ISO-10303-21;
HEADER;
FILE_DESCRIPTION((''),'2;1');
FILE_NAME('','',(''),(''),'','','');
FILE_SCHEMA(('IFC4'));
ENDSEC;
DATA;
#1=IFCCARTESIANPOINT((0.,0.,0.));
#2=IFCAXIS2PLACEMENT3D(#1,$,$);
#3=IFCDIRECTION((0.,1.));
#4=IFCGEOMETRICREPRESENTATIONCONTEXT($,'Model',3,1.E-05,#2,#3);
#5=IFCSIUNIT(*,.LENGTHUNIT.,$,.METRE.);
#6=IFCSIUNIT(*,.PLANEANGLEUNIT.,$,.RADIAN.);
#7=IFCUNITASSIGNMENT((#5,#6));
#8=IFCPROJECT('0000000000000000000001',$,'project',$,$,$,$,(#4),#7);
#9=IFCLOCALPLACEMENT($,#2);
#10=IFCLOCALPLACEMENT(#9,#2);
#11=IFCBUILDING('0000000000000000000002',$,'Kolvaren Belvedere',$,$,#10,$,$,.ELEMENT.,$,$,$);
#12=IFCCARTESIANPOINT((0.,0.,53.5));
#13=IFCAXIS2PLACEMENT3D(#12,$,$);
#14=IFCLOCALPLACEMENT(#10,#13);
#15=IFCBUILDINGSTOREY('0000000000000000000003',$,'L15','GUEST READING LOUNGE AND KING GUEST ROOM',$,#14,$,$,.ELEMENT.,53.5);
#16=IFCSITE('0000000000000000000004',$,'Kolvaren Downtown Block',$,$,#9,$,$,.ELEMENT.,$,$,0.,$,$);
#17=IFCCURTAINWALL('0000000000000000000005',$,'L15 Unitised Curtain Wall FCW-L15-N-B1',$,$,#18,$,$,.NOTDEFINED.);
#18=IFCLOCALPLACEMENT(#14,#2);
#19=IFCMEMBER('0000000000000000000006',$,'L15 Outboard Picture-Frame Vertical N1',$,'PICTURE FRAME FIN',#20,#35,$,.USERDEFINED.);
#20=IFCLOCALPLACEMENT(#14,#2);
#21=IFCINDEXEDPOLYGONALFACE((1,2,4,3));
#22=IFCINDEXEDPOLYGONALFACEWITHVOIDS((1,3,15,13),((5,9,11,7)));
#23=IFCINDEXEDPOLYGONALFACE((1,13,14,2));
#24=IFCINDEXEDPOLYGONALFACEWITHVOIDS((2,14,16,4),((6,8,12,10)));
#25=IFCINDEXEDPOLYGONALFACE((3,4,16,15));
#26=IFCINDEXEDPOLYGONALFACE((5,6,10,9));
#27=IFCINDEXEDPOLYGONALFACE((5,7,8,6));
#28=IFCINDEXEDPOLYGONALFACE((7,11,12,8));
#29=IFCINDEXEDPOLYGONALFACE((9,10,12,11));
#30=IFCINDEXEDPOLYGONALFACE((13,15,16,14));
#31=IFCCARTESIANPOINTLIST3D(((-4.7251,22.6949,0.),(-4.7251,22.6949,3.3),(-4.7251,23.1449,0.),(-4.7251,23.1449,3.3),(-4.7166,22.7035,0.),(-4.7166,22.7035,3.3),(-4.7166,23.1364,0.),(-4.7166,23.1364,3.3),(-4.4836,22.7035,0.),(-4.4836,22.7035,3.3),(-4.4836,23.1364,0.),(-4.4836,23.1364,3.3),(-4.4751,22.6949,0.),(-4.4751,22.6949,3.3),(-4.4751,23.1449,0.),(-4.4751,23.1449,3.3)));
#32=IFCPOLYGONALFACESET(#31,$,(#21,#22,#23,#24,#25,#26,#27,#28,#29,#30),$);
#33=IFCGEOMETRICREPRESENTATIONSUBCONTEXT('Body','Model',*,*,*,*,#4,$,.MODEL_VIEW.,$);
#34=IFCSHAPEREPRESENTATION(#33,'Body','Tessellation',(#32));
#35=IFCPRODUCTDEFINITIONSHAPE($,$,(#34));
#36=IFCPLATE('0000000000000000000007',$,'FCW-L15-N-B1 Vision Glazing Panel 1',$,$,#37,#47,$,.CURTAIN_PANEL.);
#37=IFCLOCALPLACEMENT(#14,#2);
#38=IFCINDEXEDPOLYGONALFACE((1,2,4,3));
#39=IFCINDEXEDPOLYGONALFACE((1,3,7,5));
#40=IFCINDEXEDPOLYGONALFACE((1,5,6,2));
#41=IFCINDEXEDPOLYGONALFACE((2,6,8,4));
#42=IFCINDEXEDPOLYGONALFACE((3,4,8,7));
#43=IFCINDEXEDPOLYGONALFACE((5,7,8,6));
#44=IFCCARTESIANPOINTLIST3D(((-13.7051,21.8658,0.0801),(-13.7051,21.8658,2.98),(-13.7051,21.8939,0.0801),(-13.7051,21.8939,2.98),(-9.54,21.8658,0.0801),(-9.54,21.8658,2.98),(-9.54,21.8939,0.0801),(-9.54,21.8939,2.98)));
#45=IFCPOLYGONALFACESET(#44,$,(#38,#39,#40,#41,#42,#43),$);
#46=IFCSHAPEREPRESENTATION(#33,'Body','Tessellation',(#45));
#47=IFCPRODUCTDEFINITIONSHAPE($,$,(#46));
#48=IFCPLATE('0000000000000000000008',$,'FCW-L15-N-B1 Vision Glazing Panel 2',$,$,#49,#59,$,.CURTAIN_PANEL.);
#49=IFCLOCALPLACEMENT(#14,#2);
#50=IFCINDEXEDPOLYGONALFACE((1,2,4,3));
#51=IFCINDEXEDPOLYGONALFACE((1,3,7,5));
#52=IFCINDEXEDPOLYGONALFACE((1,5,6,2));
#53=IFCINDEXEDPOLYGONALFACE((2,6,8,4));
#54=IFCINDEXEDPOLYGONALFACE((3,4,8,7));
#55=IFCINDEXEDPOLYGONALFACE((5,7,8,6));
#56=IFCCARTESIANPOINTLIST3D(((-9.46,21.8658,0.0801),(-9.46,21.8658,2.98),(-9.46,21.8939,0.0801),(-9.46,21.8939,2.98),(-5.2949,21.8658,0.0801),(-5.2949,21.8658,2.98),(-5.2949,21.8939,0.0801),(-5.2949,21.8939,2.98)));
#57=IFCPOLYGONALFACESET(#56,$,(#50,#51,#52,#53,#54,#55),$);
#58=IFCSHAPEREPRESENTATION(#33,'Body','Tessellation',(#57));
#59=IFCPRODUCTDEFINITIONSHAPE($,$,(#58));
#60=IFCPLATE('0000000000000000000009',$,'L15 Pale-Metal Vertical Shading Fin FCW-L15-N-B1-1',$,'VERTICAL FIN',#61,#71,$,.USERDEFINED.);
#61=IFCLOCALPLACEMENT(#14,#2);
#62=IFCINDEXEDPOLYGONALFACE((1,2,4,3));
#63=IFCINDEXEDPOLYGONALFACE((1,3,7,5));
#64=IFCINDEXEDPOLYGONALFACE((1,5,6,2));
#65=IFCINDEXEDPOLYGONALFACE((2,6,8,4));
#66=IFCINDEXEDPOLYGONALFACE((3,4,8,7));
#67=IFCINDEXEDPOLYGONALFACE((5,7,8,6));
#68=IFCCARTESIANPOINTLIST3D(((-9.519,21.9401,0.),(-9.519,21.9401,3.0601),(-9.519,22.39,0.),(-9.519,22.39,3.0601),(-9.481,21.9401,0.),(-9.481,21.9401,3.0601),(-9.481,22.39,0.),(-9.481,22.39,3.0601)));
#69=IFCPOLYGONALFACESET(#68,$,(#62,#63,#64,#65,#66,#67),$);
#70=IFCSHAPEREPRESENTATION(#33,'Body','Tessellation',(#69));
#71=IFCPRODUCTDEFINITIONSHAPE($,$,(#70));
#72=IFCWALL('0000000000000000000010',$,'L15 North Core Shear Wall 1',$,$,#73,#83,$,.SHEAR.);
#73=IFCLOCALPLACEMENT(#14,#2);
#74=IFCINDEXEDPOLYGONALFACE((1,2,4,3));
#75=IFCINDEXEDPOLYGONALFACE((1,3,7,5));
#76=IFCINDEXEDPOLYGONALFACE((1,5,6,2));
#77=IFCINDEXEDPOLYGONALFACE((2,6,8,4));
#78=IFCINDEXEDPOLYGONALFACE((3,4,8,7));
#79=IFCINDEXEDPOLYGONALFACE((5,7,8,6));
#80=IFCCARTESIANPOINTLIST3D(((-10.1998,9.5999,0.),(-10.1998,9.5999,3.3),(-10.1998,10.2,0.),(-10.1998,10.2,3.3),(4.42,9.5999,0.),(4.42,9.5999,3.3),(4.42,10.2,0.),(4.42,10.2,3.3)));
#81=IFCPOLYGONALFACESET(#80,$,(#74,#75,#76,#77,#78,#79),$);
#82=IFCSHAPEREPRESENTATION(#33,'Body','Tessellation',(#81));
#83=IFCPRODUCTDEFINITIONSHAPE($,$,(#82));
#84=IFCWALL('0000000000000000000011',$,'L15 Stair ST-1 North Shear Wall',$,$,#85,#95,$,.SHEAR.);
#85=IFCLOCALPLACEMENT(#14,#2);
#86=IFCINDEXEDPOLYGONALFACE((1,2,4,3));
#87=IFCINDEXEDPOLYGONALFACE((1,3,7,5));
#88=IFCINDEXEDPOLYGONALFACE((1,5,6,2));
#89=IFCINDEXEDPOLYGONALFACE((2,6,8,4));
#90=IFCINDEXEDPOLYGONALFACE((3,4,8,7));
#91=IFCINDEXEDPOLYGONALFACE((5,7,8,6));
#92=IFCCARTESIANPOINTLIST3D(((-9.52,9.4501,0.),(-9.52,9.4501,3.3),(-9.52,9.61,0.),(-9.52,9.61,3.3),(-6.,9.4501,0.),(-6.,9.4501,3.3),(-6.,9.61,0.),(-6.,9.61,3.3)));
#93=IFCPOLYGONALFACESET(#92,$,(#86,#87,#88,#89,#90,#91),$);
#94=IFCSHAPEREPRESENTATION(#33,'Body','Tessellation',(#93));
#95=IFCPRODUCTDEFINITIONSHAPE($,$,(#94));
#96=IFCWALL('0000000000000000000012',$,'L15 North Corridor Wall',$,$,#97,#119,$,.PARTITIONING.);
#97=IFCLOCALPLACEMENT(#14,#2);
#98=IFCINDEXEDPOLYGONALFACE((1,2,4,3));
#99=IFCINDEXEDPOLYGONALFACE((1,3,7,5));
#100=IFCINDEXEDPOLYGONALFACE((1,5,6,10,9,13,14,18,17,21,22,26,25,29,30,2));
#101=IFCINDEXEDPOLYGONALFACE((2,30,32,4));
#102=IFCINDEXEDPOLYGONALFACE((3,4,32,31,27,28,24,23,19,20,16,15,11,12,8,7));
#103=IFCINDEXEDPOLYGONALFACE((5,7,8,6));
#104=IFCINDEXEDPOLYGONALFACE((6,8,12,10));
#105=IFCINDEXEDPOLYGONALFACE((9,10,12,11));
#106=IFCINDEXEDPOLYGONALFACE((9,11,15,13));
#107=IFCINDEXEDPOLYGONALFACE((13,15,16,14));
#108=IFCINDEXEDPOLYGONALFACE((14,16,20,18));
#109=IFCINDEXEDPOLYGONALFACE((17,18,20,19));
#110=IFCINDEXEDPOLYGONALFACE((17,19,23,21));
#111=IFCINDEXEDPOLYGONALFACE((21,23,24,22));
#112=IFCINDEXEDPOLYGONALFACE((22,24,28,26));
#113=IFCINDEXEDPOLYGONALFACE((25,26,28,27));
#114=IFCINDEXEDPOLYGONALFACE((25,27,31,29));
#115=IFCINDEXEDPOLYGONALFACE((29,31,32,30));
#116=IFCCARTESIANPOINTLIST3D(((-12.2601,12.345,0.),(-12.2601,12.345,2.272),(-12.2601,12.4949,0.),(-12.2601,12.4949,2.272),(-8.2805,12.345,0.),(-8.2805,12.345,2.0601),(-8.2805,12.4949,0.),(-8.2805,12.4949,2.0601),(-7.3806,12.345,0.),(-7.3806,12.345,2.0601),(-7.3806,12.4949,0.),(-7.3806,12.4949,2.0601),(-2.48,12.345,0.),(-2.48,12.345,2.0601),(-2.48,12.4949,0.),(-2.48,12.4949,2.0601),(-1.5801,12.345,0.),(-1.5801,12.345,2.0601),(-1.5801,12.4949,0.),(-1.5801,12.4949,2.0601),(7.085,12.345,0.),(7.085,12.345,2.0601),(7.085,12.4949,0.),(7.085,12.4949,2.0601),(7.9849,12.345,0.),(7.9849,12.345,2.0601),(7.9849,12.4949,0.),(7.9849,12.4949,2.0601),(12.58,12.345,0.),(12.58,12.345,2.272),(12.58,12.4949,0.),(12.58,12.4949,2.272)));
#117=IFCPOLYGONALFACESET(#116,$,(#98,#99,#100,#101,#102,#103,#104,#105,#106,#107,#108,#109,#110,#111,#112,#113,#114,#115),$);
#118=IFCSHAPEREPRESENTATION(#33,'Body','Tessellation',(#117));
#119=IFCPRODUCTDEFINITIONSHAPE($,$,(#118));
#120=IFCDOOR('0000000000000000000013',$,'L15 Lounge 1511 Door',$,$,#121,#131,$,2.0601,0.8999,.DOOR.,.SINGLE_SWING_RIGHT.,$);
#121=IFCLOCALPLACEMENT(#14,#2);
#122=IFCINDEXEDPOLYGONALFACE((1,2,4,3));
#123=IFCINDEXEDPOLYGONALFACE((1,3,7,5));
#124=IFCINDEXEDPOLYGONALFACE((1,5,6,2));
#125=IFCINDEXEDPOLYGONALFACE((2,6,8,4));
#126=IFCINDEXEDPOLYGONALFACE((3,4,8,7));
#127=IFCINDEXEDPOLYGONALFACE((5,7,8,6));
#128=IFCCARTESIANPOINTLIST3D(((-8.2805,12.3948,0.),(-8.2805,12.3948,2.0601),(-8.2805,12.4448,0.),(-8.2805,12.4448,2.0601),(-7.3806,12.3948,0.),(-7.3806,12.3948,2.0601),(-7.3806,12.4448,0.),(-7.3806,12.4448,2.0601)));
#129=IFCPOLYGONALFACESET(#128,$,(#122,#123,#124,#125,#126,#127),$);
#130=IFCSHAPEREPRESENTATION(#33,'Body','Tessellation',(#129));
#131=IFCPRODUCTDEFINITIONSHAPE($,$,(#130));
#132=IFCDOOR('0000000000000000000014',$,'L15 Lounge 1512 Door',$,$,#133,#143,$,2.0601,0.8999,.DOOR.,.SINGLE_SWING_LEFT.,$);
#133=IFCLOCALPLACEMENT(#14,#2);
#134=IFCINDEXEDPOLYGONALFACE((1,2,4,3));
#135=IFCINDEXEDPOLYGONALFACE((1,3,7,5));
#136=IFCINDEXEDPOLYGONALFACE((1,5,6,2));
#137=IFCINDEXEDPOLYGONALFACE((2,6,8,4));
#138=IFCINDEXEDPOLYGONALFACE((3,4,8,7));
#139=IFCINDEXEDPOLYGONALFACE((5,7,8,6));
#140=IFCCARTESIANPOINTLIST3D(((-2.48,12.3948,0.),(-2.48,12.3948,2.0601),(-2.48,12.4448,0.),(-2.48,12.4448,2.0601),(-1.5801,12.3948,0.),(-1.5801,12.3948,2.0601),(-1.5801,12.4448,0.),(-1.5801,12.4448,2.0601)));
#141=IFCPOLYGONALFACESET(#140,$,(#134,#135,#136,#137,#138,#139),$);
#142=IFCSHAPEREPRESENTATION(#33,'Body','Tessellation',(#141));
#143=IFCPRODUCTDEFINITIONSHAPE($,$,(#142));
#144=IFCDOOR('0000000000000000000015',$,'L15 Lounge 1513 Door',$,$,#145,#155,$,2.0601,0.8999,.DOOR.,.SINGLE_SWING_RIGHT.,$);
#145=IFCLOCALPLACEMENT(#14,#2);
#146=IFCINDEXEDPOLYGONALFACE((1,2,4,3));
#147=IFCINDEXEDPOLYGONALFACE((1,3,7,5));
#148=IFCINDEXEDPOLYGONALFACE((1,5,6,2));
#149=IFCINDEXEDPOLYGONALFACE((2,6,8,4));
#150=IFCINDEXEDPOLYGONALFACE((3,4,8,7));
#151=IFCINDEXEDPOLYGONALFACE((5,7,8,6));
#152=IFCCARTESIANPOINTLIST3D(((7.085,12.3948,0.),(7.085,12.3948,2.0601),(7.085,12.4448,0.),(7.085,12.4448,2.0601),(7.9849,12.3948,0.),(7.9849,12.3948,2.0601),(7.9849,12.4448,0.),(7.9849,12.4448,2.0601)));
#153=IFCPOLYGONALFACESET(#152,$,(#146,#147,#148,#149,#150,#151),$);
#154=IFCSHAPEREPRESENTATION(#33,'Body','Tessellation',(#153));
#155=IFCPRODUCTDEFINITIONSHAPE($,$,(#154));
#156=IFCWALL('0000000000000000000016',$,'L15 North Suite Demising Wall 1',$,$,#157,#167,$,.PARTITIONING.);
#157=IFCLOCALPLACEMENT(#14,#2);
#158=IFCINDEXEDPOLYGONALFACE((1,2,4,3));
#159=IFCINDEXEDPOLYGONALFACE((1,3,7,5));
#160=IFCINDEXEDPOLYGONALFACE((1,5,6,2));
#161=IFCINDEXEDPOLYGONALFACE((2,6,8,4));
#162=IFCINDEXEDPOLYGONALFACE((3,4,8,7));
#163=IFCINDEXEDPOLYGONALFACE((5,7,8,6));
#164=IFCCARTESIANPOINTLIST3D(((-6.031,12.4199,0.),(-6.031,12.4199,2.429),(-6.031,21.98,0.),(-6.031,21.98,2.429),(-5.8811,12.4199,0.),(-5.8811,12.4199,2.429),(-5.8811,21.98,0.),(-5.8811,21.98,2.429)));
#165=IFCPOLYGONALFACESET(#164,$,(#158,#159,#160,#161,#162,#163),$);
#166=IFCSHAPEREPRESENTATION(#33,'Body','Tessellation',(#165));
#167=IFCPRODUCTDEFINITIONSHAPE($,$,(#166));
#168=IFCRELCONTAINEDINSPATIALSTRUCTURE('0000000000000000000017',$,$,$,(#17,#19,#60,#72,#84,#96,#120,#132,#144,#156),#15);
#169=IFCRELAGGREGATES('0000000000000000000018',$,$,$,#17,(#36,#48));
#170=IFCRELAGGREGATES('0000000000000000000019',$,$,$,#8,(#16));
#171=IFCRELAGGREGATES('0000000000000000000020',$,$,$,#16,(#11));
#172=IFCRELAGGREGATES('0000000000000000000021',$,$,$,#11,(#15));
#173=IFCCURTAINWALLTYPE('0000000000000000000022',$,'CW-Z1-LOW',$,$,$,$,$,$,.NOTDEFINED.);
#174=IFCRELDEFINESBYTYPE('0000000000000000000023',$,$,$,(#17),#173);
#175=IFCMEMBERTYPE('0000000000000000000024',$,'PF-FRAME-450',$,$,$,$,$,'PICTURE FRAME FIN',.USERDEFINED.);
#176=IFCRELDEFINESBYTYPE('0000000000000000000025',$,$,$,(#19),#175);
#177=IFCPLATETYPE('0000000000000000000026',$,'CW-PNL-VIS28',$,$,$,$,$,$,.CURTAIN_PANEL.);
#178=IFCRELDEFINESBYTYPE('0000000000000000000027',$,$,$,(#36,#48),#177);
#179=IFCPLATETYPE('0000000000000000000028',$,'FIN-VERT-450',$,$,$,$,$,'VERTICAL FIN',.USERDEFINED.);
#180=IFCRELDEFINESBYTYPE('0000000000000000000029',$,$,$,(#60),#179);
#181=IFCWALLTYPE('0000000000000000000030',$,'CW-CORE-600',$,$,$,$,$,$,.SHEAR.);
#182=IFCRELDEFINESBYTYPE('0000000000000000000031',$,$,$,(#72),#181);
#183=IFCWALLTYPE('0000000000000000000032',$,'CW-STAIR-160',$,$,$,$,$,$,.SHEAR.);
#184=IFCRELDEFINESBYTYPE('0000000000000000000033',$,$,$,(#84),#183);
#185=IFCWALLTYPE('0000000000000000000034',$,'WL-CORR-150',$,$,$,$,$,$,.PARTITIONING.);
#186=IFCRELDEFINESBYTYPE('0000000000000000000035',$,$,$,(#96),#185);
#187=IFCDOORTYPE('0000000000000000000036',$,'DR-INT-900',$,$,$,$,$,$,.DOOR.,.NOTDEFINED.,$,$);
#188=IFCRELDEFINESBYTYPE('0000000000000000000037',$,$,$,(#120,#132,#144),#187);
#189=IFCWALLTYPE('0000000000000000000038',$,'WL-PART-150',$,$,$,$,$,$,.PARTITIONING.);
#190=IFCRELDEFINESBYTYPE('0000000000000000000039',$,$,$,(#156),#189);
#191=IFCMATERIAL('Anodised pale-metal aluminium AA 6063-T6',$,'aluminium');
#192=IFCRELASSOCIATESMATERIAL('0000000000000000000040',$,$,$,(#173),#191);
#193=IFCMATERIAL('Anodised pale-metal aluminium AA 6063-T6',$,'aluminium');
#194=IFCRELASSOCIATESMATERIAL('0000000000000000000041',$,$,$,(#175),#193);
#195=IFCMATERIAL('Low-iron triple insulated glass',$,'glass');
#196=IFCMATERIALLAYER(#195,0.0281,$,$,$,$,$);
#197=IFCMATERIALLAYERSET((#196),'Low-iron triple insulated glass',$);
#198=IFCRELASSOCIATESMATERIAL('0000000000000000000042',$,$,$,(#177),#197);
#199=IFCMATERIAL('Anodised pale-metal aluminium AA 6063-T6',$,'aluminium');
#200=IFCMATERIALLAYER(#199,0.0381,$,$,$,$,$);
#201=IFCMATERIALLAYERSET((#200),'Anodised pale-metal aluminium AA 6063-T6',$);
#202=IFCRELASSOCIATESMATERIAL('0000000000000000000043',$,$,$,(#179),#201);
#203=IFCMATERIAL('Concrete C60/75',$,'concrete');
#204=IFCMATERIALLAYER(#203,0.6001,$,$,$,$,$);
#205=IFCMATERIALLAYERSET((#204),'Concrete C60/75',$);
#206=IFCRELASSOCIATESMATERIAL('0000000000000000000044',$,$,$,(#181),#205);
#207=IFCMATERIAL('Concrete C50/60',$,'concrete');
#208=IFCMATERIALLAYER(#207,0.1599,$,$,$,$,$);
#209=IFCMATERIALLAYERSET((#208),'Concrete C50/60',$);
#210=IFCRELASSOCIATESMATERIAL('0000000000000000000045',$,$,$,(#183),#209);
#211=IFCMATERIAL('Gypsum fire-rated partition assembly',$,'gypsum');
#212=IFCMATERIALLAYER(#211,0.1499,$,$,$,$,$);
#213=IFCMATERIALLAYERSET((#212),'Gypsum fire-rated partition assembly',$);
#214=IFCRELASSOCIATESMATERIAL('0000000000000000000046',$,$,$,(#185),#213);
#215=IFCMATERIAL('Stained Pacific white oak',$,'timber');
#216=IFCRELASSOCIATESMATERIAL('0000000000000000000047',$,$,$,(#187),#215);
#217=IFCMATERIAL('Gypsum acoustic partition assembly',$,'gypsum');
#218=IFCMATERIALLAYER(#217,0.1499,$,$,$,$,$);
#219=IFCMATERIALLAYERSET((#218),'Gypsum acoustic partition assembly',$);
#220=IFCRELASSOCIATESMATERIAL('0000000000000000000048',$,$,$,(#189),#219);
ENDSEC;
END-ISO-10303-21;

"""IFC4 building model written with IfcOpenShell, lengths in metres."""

from ifc_helpers import new_model, si_unit, direction, frame, frame_2d, origin, origin_2d, place, context, subcontext, project, spatial, rectangle, hollow_rectangle, extrude, material, layer, layer_set, material_profile, profile_set, type_object, element, fill, aggregate, save


model = new_model("IFC4")

# Units and contexts
model_context = context("Model", 3, precision=1e-05, world=origin(), true_north=direction((0.0, 1.0)))
body_context = subcontext(model_context, "Body", "Model", "MODEL_VIEW")
ifc_project = project(units=[si_unit("LENGTHUNIT", "METRE"), si_unit("PLANEANGLEUNIT", "RADIAN")], contexts=[model_context])

# Site, building, storey
site_placement = place(None, origin())
site = spatial("IfcSite", under=ifc_project, at=site_placement, Name="Kolvaren Downtown Block", CompositionType="ELEMENT", RefElevation=0.0)
building_placement = place(site_placement, origin())
building = spatial("IfcBuilding", under=site, at=building_placement, Name="Kolvaren Belvedere", CompositionType="ELEMENT")
storey_placement = place(building_placement, frame((0.0, 0.0, 53.5)))
storey = spatial("IfcBuildingStorey", under=building, at=storey_placement, Name="L15", Description="GUEST READING LOUNGE AND KING GUEST ROOM", CompositionType="ELEMENT", Elevation=53.5)

# Curtain wall
ifc_material_1 = material(Name="Anodised pale-metal aluminium AA 6063-T6", Category="aluminium")
curtain_wall_type = type_object("IfcCurtainWallType", Name="CW-Z1-LOW", PredefinedType="NOTDEFINED", material=ifc_material_1)
curtain_wall_1_placement = place(storey_placement, origin())
curtain_wall_1 = element("IfcCurtainWall", 1, at=curtain_wall_1_placement, inside=storey, type_object=curtain_wall_type, Name="L15 Unitised Curtain Wall FCW-L15-N-B1", PredefinedType="NOTDEFINED")

# Member
ifc_material_2 = material(Name="Anodised pale-metal aluminium AA 6063-T6", Category="aluminium")
ifc_material_profile_1 = material_profile(ifc_material_2, hollow_rectangle(XDim=0.25, YDim=0.45, WallThickness=0.0085, at=origin_2d()), Name="ALU-PF-450X250")
ifc_profile_set_1 = profile_set([ifc_material_profile_1], Name="Anodised pale-metal aluminium AA 6063-T6")
member_type_1 = type_object("IfcMemberType", Name="PF-FRAME-450", ElementType="PICTURE FRAME FIN", PredefinedType="USERDEFINED", material=ifc_profile_set_1)
member_1_placement = place(storey_placement, frame((-4.6001, 22.9199, 0.0), z_axis=(0.0, 0.0, 1.0), x_axis=(1.0, 0.0, 0.0)))
element("IfcMember", 2, at=member_1_placement, inside=storey, type_object=member_type_1, Name="L15 Outboard Picture-Frame Vertical N1", ObjectType="PICTURE FRAME FIN", PredefinedType="USERDEFINED", context=body_context, shape_type="SweptSolid", body=[
    extrude(hollow_rectangle(XDim=0.25, YDim=0.45, WallThickness=0.0085, at=origin_2d()), origin(), (0.0, 0.0, 1.0), 3.3),
])

# Plates
ifc_material_3 = material(Name="Low-iron triple insulated glass", Category="glass")
ifc_layer_1 = layer(ifc_material_3, 0.0281)
ifc_layer_set_1 = layer_set([ifc_layer_1], Name="Low-iron triple insulated glass")
plate_type_1 = type_object("IfcPlateType", Name="CW-PNL-VIS28", PredefinedType="CURTAIN_PANEL", material=ifc_layer_set_1)
plate_1_placement = place(storey_placement, frame((-11.6226, 21.8799, 0.0801), z_axis=(0.0, 0.0, 1.0), x_axis=(1.0, 0.0, 0.0)))
plate_1 = element("IfcPlate", 3, at=plate_1_placement, type_object=plate_type_1, Name="FCW-L15-N-B1 Vision Glazing Panel 1", PredefinedType="CURTAIN_PANEL", context=body_context, shape_type="SweptSolid", body=[
    extrude(rectangle(XDim=4.165, YDim=0.0281, at=origin_2d()), origin(), (0.0, 0.0, 1.0), 2.8999),
])
plate_2_placement = place(storey_placement, frame((-7.3774, 21.8799, 0.0801), z_axis=(0.0, 0.0, 1.0), x_axis=(1.0, 0.0, 0.0)))
plate_2 = element("IfcPlate", 4, at=plate_2_placement, type_object=plate_type_1, Name="FCW-L15-N-B1 Vision Glazing Panel 2", PredefinedType="CURTAIN_PANEL", context=body_context, shape_type="SweptSolid", body=[
    extrude(rectangle(XDim=4.165, YDim=0.0281, at=origin_2d()), origin(), (0.0, 0.0, 1.0), 2.8999),
])
aggregate(curtain_wall_1, [plate_1, plate_2])
ifc_material_4 = material(Name="Anodised pale-metal aluminium AA 6063-T6", Category="aluminium")
ifc_layer_2 = layer(ifc_material_4, 0.0381)
ifc_layer_set_2 = layer_set([ifc_layer_2], Name="Anodised pale-metal aluminium AA 6063-T6")
plate_type_2 = type_object("IfcPlateType", Name="FIN-VERT-450", ElementType="VERTICAL FIN", PredefinedType="USERDEFINED", material=ifc_layer_set_2)
plate_3_placement = place(storey_placement, frame((-9.5, 22.165, 0.0), z_axis=(0.0, 0.0, 1.0), x_axis=(0.0, 1.0, 0.0)))
element("IfcPlate", 5, at=plate_3_placement, inside=storey, type_object=plate_type_2, Name="L15 Pale-Metal Vertical Shading Fin FCW-L15-N-B1-1", ObjectType="VERTICAL FIN", PredefinedType="USERDEFINED", context=body_context, shape_type="SweptSolid", body=[
    extrude(rectangle(XDim=0.45, YDim=0.0381, at=origin_2d()), origin(), (0.0, 0.0, 1.0), 3.0601),
])

# Walls
ifc_material_5 = material(Name="Concrete C60/75", Category="concrete")
ifc_layer_3 = layer(ifc_material_5, 0.6001)
ifc_layer_set_3 = layer_set([ifc_layer_3], Name="Concrete C60/75")
wall_type_1 = type_object("IfcWallType", Name="CW-CORE-600", PredefinedType="SHEAR", material=ifc_layer_set_3)
wall_1_placement = place(storey_placement, frame((-10.2, 9.8999, 0.0), z_axis=(0.0, 0.0, 1.0), x_axis=(1.0, 0.0, 0.0)))
element("IfcWall", 6, at=wall_1_placement, inside=storey, type_object=wall_type_1, Name="L15 North Core Shear Wall 1", PredefinedType="SHEAR", context=body_context, shape_type="SweptSolid", body=[
    extrude(rectangle(XDim=14.6199, YDim=0.6001, at=frame_2d((7.3101, 0.0))), origin(), (0.0, 0.0, 1.0), 3.3),
])
ifc_material_6 = material(Name="Concrete C50/60", Category="concrete")
ifc_layer_4 = layer(ifc_material_6, 0.1599)
ifc_layer_set_4 = layer_set([ifc_layer_4], Name="Concrete C50/60")
wall_type_2 = type_object("IfcWallType", Name="CW-STAIR-160", PredefinedType="SHEAR", material=ifc_layer_set_4)
wall_2_placement = place(storey_placement, frame((-9.52, 9.53, 0.0), z_axis=(0.0, 0.0, 1.0), x_axis=(1.0, 0.0, 0.0)))
element("IfcWall", 7, at=wall_2_placement, inside=storey, type_object=wall_type_2, Name="L15 Stair ST-1 North Shear Wall", PredefinedType="SHEAR", context=body_context, shape_type="SweptSolid", body=[
    extrude(rectangle(XDim=3.52, YDim=0.1599, at=frame_2d((1.76, 0.0))), origin(), (0.0, 0.0, 1.0), 3.3),
])

# Wall, openings, doors
ifc_material_7 = material(Name="Gypsum fire-rated partition assembly", Category="gypsum")
ifc_layer_5 = layer(ifc_material_7, 0.1499)
ifc_layer_set_5 = layer_set([ifc_layer_5], Name="Gypsum fire-rated partition assembly")
wall_type_3 = type_object("IfcWallType", Name="WL-CORR-150", PredefinedType="PARTITIONING", material=ifc_layer_set_5)
wall_3_placement = place(storey_placement, frame((-12.26, 12.4199, 0.0), z_axis=(0.0, 0.0, 1.0), x_axis=(1.0, 0.0, 0.0)))
wall_3 = element("IfcWall", 8, at=wall_3_placement, inside=storey, type_object=wall_type_3, Name="L15 North Corridor Wall", PredefinedType="PARTITIONING", context=body_context, shape_type="SweptSolid", body=[
    extrude(rectangle(XDim=24.8401, YDim=0.1499, at=frame_2d((12.4199, 0.0))), origin(), (0.0, 0.0, 1.0), 2.272),
])
opening_1_placement = place(wall_3_placement, frame((3.9795, 0.0, 0.0)))
opening_1 = element("IfcOpeningElement", 9, at=opening_1_placement, cuts=wall_3, PredefinedType="OPENING", context=body_context, shape_type="SweptSolid", body=[
    extrude(rectangle(XDim=0.8999, YDim=2.0601, at=frame_2d((0.45, 1.03))), frame((0.0, 0.085, 0.0), z_axis=(0.0, -1.0, 0.0), x_axis=(1.0, 0.0, 0.0)), (0.0, 0.0, 1.0), 0.1699),
])
opening_2_placement = place(wall_3_placement, frame((9.78, 0.0, 0.0)))
opening_2 = element("IfcOpeningElement", 10, at=opening_2_placement, cuts=wall_3, PredefinedType="OPENING", context=body_context, shape_type="SweptSolid", body=[
    extrude(rectangle(XDim=0.8999, YDim=2.0601, at=frame_2d((0.45, 1.03))), frame((0.0, 0.085, 0.0), z_axis=(0.0, -1.0, 0.0), x_axis=(1.0, 0.0, 0.0)), (0.0, 0.0, 1.0), 0.1699),
])
opening_3_placement = place(wall_3_placement, frame((19.345, 0.0, 0.0)))
opening_3 = element("IfcOpeningElement", 11, at=opening_3_placement, cuts=wall_3, PredefinedType="OPENING", context=body_context, shape_type="SweptSolid", body=[
    extrude(rectangle(XDim=0.8999, YDim=2.0601, at=frame_2d((0.45, 1.03))), frame((0.0, 0.085, 0.0), z_axis=(0.0, -1.0, 0.0), x_axis=(1.0, 0.0, 0.0)), (0.0, 0.0, 1.0), 0.1699),
])
ifc_material_8 = material(Name="Stained Pacific white oak", Category="timber")
door_type = type_object("IfcDoorType", Name="DR-INT-900", OperationType="NOTDEFINED", PredefinedType="DOOR", material=ifc_material_8)
door_1_placement = place(opening_1_placement, origin())
door_1 = element("IfcDoor", 12, at=door_1_placement, inside=storey, type_object=door_type, Name="L15 Lounge 1511 Door", OperationType="SINGLE_SWING_RIGHT", OverallHeight=2.0601, OverallWidth=0.8999, PredefinedType="DOOR", context=body_context, shape_type="SweptSolid", body=[
    extrude(rectangle(XDim=0.8999, YDim=2.0601, at=frame_2d((0.45, 1.03))), frame((0.0, 0.0249, 0.0), z_axis=(0.0, -1.0, 0.0), x_axis=(1.0, 0.0, 0.0)), (0.0, 0.0, 1.0), 0.05),
])
fill(opening_1, door_1)
door_2_placement = place(opening_2_placement, origin())
door_2 = element("IfcDoor", 13, at=door_2_placement, inside=storey, type_object=door_type, Name="L15 Lounge 1512 Door", OperationType="SINGLE_SWING_LEFT", OverallHeight=2.0601, OverallWidth=0.8999, PredefinedType="DOOR", context=body_context, shape_type="SweptSolid", body=[
    extrude(rectangle(XDim=0.8999, YDim=2.0601, at=frame_2d((0.45, 1.03))), frame((0.0, 0.0249, 0.0), z_axis=(0.0, -1.0, 0.0), x_axis=(1.0, 0.0, 0.0)), (0.0, 0.0, 1.0), 0.05),
])
fill(opening_2, door_2)
door_3_placement = place(opening_3_placement, origin())
door_3 = element("IfcDoor", 14, at=door_3_placement, inside=storey, type_object=door_type, Name="L15 Lounge 1513 Door", OperationType="SINGLE_SWING_RIGHT", OverallHeight=2.0601, OverallWidth=0.8999, PredefinedType="DOOR", context=body_context, shape_type="SweptSolid", body=[
    extrude(rectangle(XDim=0.8999, YDim=2.0601, at=frame_2d((0.45, 1.03))), frame((0.0, 0.0249, 0.0), z_axis=(0.0, -1.0, 0.0), x_axis=(1.0, 0.0, 0.0)), (0.0, 0.0, 1.0), 0.05),
])
fill(opening_3, door_3)

# Wall
ifc_material_9 = material(Name="Gypsum acoustic partition assembly", Category="gypsum")
ifc_layer_6 = layer(ifc_material_9, 0.1499)
ifc_layer_set_6 = layer_set([ifc_layer_6], Name="Gypsum acoustic partition assembly")
wall_type_4 = type_object("IfcWallType", Name="WL-PART-150", PredefinedType="PARTITIONING", material=ifc_layer_set_6)
wall_4_placement = place(storey_placement, frame((-5.9561, 12.4199, 0.0), z_axis=(0.0, 0.0, 1.0), x_axis=(0.0, 1.0, 0.0)))
element("IfcWall", 15, at=wall_4_placement, inside=storey, type_object=wall_type_4, Name="L15 North Suite Demising Wall 1", PredefinedType="PARTITIONING", context=body_context, shape_type="SweptSolid", body=[
    extrude(rectangle(XDim=9.5601, YDim=0.1499, at=frame_2d((4.78, 0.0))), origin(), (0.0, 0.0, 1.0), 2.429),
])

save(model, "model.ifc")
